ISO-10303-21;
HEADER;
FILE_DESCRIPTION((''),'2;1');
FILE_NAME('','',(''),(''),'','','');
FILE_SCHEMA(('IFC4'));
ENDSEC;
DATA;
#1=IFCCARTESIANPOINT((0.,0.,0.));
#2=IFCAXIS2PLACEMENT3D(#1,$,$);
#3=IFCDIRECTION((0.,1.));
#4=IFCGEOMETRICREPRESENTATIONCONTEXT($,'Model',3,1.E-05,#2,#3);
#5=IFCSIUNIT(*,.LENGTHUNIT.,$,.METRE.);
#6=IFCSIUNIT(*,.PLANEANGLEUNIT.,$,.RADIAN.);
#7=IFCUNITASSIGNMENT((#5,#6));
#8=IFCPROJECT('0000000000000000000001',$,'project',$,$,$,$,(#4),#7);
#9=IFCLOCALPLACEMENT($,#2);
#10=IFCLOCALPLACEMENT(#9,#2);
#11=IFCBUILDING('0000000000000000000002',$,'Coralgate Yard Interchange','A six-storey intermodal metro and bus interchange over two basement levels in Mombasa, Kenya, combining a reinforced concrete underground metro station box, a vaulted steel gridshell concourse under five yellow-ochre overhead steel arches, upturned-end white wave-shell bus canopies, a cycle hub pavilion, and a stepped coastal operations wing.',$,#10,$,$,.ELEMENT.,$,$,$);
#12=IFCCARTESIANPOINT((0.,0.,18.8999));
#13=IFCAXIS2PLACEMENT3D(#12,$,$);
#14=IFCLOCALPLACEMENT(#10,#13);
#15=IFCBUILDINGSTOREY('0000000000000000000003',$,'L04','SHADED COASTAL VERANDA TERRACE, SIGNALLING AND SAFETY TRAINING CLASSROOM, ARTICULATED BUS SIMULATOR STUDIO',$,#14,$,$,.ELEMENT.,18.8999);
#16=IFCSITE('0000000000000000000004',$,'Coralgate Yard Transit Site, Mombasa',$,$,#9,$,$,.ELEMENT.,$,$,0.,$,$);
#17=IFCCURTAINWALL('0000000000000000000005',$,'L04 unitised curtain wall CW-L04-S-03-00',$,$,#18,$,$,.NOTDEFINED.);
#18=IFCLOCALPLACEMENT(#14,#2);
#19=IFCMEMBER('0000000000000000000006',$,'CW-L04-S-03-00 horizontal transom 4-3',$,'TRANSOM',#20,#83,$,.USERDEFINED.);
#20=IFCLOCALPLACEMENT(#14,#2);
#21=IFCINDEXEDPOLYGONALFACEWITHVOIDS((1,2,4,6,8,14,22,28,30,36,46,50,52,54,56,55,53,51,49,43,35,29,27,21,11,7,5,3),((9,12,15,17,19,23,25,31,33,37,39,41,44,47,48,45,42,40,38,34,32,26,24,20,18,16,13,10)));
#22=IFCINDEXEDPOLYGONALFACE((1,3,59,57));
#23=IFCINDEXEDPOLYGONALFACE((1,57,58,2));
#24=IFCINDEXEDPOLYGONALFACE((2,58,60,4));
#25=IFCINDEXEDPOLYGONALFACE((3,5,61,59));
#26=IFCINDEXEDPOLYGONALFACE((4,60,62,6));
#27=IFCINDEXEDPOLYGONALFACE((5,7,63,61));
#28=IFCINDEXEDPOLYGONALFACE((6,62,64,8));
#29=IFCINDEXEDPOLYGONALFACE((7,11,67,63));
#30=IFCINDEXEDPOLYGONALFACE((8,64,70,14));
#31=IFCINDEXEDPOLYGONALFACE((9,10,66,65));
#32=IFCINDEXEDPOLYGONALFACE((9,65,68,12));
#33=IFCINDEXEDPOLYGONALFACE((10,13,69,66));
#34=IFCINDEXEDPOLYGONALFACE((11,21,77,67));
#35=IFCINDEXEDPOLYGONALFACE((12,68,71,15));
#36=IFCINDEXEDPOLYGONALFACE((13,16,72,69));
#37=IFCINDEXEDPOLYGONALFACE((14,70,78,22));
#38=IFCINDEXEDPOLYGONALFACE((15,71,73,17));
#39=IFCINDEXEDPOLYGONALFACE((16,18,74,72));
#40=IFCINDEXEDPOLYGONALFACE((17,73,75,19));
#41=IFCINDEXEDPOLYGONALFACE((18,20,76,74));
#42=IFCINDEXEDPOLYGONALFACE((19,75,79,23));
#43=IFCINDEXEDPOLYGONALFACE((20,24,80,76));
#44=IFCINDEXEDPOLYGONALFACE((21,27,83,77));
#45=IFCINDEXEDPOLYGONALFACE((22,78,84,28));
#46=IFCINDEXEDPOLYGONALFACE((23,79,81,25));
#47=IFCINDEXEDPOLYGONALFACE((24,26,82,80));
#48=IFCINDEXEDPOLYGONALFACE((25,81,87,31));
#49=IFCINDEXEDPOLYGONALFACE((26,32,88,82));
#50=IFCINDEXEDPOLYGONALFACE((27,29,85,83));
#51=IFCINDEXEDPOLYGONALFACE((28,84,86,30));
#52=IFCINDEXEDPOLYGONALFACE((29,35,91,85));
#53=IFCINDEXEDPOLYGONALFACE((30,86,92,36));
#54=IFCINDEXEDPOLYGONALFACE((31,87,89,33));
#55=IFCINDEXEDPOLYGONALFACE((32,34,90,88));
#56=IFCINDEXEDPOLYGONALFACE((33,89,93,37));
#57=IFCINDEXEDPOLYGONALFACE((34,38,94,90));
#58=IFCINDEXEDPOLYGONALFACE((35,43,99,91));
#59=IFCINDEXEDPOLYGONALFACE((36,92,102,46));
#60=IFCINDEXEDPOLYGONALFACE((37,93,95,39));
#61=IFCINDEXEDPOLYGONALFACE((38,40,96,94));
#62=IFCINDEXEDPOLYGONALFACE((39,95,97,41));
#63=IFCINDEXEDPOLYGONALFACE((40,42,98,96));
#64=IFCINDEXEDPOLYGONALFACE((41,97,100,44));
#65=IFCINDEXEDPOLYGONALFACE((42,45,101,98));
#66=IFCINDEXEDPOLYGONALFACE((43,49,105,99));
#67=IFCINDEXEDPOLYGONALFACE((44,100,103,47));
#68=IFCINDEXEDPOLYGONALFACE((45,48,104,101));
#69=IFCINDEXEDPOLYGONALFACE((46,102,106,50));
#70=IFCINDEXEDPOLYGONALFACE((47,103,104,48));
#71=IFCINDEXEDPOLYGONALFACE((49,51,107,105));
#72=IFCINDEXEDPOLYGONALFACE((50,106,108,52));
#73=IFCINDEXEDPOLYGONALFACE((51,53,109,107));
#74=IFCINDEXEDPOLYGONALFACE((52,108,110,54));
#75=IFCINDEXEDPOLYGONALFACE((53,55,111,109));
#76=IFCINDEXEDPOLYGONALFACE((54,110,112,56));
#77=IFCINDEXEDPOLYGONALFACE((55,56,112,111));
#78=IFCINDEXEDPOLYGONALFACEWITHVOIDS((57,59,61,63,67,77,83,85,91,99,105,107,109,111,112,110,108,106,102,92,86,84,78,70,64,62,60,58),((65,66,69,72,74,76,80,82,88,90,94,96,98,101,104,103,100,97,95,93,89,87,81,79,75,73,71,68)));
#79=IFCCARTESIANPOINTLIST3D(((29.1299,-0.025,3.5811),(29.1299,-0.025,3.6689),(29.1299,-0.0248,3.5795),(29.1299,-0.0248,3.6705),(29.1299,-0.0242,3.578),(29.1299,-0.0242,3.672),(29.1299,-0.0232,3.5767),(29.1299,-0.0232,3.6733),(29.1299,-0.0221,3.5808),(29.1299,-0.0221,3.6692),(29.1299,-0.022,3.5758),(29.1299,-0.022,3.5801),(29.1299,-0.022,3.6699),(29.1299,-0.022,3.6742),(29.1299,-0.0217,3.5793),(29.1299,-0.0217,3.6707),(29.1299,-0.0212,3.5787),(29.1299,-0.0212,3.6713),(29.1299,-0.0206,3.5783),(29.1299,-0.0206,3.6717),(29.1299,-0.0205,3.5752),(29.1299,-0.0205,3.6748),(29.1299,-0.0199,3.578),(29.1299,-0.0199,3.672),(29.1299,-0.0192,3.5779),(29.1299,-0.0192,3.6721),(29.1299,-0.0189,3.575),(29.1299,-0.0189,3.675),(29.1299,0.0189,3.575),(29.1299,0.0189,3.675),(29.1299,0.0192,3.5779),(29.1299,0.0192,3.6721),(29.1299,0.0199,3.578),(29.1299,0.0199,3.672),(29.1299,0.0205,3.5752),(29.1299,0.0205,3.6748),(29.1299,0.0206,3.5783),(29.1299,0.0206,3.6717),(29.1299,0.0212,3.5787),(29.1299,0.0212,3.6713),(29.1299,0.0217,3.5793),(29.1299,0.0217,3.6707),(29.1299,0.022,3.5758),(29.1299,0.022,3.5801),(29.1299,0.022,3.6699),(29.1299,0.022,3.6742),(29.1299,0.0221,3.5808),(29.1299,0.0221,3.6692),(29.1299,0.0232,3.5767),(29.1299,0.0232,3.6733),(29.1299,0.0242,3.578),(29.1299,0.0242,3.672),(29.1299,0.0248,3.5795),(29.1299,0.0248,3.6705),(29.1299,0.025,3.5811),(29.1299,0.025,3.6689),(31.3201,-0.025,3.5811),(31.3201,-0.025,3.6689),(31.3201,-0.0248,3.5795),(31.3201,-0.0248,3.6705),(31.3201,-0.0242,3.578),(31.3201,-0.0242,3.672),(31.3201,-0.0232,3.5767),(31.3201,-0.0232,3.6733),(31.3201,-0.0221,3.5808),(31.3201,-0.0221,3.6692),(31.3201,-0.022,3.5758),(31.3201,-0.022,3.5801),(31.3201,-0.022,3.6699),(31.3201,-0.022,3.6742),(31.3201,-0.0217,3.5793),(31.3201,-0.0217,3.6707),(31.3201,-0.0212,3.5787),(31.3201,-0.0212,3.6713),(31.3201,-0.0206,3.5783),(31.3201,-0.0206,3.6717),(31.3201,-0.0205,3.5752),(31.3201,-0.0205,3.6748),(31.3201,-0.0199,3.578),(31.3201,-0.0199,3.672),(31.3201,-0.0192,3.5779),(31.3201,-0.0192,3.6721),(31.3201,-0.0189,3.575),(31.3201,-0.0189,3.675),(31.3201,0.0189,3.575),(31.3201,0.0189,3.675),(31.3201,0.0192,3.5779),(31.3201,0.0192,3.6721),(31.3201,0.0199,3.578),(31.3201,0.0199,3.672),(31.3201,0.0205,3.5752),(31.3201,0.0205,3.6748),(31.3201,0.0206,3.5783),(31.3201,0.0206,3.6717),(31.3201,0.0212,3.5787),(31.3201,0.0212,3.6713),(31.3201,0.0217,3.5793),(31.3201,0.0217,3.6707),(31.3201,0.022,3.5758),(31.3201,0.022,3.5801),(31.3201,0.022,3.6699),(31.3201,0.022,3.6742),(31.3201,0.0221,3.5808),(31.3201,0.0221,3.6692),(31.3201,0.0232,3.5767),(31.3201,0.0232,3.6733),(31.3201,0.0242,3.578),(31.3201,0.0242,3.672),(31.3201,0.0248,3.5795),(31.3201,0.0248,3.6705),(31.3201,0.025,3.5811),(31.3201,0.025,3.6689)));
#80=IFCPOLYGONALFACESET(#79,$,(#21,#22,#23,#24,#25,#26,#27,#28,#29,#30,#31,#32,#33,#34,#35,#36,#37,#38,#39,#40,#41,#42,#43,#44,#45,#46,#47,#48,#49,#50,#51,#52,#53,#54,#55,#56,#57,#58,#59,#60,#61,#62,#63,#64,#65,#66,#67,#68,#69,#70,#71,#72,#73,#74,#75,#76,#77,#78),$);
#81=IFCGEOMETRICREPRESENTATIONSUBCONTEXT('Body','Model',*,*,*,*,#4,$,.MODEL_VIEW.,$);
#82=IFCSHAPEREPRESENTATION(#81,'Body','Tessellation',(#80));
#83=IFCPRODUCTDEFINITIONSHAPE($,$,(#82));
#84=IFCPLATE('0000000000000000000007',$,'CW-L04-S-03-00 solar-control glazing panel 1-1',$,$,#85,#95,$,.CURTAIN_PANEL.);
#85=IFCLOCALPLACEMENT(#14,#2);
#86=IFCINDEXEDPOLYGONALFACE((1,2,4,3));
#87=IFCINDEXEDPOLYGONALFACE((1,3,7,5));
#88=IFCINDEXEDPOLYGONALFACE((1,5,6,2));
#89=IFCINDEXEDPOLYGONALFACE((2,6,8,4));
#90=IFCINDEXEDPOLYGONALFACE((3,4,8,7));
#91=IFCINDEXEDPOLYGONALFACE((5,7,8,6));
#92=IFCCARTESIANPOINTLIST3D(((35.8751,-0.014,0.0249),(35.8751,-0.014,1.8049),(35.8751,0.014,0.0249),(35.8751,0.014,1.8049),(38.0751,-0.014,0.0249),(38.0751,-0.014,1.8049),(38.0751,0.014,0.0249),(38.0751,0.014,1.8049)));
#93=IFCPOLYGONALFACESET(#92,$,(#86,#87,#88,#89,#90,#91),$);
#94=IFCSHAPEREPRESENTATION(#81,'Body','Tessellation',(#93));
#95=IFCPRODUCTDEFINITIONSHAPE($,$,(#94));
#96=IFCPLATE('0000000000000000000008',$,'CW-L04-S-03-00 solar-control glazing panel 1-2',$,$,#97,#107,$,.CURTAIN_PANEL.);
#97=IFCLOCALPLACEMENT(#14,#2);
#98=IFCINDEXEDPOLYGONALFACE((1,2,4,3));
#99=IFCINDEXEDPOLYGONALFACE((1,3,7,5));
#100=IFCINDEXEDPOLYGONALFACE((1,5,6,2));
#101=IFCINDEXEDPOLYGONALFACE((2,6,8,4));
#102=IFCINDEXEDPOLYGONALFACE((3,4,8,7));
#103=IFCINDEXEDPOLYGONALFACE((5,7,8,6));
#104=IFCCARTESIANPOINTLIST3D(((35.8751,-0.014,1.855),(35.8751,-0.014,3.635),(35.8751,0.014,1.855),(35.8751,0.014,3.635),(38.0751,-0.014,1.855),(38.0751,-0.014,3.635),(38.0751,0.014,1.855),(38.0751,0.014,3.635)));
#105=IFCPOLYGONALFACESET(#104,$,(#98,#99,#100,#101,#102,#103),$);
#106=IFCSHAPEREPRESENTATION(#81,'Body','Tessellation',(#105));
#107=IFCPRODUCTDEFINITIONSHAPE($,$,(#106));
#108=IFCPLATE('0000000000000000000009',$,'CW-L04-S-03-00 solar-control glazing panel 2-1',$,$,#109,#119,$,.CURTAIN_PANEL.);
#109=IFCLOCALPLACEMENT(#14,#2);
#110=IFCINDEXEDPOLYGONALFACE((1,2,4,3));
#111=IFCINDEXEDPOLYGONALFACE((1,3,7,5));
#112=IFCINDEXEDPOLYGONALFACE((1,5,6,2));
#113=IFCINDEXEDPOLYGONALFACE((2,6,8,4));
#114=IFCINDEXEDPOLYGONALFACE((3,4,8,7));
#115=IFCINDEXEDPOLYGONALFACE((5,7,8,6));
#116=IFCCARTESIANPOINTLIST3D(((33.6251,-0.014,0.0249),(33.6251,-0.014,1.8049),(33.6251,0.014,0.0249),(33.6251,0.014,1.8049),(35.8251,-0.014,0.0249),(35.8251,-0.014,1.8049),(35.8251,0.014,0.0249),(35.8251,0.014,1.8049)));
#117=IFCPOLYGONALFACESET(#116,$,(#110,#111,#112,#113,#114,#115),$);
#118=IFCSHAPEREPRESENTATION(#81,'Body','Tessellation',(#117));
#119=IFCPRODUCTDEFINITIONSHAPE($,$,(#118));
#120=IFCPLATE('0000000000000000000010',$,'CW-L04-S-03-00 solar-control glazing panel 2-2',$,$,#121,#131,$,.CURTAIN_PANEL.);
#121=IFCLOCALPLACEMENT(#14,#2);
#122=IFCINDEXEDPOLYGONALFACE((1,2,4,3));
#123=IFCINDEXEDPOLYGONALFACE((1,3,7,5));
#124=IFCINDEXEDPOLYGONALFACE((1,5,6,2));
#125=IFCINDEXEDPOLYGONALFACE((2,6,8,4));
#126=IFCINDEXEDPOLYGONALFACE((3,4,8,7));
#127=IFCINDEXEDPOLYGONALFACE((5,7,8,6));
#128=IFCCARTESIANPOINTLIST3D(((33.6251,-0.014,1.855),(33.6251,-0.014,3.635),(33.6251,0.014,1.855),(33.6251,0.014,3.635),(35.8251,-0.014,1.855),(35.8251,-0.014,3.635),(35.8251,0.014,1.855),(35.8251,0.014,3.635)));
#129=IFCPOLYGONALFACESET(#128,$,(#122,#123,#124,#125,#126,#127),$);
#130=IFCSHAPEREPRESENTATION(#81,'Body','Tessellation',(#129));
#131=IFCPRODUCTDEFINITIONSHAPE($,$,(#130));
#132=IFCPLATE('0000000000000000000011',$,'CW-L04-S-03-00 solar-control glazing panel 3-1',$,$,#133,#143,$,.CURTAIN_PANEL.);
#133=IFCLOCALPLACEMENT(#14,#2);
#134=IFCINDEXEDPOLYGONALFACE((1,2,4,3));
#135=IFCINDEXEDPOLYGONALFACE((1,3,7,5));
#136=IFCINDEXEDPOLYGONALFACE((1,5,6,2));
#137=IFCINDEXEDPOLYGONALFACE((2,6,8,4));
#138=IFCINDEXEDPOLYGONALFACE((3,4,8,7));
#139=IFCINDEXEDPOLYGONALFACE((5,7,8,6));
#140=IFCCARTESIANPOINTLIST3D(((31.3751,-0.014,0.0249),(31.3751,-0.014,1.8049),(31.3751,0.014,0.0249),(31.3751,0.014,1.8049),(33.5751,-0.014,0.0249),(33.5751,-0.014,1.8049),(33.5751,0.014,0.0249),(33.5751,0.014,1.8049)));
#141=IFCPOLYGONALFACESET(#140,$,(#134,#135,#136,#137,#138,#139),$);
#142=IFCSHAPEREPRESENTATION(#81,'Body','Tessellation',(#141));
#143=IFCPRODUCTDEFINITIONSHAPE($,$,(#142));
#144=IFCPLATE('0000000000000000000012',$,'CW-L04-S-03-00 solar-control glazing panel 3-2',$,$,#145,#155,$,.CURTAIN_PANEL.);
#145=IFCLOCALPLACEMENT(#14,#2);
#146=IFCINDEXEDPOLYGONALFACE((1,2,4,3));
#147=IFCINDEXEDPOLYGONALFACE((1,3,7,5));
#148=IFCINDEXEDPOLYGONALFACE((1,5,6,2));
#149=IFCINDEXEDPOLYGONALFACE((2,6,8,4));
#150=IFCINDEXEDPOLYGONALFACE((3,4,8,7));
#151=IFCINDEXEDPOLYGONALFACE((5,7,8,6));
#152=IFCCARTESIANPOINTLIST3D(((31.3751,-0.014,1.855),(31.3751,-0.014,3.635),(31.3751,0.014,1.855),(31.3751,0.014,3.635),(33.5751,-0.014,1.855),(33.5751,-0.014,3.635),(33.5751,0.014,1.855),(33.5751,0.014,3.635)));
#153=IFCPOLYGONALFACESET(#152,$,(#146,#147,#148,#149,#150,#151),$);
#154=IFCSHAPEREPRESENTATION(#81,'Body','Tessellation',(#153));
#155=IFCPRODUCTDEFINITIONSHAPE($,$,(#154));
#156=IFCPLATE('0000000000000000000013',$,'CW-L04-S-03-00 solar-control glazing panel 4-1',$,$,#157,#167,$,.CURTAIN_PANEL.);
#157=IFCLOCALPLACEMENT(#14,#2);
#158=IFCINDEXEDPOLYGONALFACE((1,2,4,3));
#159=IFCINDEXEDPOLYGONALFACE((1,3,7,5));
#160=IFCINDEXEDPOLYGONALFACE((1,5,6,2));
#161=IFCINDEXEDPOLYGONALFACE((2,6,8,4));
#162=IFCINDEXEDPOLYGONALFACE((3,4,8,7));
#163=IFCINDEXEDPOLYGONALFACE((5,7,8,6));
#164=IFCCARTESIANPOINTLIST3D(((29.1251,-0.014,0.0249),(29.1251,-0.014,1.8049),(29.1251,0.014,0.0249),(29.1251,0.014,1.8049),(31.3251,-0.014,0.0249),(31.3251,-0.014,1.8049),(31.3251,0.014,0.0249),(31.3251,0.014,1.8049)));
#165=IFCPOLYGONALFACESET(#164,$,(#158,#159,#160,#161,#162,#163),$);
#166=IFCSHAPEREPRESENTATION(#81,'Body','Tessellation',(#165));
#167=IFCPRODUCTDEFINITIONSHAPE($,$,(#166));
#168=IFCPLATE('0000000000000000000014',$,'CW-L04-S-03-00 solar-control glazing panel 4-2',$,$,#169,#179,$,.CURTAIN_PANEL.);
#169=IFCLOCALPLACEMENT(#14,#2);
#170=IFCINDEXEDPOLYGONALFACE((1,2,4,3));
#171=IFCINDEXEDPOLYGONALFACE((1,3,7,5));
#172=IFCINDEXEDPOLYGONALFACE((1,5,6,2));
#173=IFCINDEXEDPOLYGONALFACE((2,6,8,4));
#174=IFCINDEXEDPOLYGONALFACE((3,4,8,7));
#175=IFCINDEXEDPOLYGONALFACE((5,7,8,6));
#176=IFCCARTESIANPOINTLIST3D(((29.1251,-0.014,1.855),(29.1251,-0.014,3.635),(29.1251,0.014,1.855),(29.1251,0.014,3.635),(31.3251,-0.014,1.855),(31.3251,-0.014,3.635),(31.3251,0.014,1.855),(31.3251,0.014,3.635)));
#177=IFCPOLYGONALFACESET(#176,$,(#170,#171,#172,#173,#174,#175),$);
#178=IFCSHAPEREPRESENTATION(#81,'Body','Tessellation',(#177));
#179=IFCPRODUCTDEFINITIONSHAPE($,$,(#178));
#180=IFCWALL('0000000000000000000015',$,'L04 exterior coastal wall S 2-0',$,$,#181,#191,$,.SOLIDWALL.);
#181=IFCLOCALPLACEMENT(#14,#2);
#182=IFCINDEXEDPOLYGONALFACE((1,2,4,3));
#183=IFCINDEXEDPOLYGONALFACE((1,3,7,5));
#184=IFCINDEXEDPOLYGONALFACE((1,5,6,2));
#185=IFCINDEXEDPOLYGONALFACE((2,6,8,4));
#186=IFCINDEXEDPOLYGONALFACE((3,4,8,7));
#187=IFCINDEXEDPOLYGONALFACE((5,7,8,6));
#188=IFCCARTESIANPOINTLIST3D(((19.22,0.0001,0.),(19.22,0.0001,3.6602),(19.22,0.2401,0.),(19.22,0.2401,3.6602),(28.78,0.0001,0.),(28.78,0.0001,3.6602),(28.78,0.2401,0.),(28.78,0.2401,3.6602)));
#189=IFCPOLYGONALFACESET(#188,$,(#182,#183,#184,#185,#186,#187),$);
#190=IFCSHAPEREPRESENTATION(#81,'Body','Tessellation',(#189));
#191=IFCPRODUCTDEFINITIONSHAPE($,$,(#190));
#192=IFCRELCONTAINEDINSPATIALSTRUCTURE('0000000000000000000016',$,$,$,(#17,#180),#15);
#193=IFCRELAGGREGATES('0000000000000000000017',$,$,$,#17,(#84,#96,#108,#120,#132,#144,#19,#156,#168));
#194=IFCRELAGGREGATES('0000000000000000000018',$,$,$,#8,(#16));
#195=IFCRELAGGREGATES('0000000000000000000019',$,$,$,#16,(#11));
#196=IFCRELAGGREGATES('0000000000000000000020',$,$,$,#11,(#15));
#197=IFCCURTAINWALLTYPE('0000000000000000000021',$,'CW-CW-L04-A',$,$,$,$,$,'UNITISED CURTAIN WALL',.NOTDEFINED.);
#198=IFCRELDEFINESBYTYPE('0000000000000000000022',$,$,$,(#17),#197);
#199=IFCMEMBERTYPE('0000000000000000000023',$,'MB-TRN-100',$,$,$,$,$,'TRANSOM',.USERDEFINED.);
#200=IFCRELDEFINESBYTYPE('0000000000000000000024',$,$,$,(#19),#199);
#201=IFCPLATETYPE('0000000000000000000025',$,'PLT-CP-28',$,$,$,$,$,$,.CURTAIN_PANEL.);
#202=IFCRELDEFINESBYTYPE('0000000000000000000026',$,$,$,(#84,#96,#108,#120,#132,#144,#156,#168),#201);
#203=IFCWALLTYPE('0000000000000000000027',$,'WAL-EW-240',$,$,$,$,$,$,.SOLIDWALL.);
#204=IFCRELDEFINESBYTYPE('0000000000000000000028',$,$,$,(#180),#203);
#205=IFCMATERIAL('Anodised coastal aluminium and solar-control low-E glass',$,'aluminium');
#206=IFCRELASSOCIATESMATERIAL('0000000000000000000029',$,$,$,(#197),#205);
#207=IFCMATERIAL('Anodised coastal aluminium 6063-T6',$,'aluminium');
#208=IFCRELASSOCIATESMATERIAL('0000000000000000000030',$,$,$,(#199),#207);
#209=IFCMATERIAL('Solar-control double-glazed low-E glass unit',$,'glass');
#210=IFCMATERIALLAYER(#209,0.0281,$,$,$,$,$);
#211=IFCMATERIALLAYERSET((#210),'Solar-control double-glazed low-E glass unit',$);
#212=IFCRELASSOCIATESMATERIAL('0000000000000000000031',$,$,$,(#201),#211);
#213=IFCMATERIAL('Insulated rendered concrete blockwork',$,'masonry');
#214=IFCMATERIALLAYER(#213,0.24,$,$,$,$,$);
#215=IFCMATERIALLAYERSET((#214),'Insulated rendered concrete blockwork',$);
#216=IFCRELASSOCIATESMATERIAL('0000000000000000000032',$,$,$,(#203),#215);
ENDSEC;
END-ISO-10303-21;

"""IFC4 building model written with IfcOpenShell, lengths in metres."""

from ifc_helpers import new_model, si_unit, direction, frame, frame_2d, origin, origin_2d, place, context, subcontext, project, spatial, rectangle, hollow_rectangle, extrude, material, layer, layer_set, material_profile, profile_set, type_object, element, aggregate, save


model = new_model("IFC4")

# Units and contexts
model_context = context("Model", 3, precision=1e-05, world=origin(), true_north=direction((0.0, 1.0)))
body_context = subcontext(model_context, "Body", "Model", "MODEL_VIEW")
ifc_project = project(units=[si_unit("LENGTHUNIT", "METRE"), si_unit("PLANEANGLEUNIT", "RADIAN")], contexts=[model_context])

# Site, building, storey
site_placement = place(None, origin())
site = spatial("IfcSite", under=ifc_project, at=site_placement, Name="Coralgate Yard Transit Site, Mombasa", CompositionType="ELEMENT", RefElevation=0.0)
building_placement = place(site_placement, origin())
building = spatial("IfcBuilding", under=site, at=building_placement, Name="Coralgate Yard Interchange", Description="A six-storey intermodal metro and bus interchange over two basement levels in Mombasa, Kenya, combining a reinforced concrete underground metro station box, a vaulted steel gridshell concourse under five yellow-ochre overhead steel arches, upturned-end white wave-shell bus canopies, a cycle hub pavilion, and a stepped coastal operations wing.", CompositionType="ELEMENT")
storey_placement = place(building_placement, frame((0.0, 0.0, 18.8999)))
storey = spatial("IfcBuildingStorey", under=building, at=storey_placement, Name="L04", Description="SHADED COASTAL VERANDA TERRACE, SIGNALLING AND SAFETY TRAINING CLASSROOM, ARTICULATED BUS SIMULATOR STUDIO", CompositionType="ELEMENT", Elevation=18.8999)

# Curtain wall, member, plates
ifc_material_1 = material(Name="Anodised coastal aluminium and solar-control low-E glass", Category="aluminium")
curtain_wall_type = type_object("IfcCurtainWallType", Name="CW-CW-L04-A", ElementType="UNITISED CURTAIN WALL", PredefinedType="NOTDEFINED", material=ifc_material_1)
curtain_wall_placement = place(storey_placement, origin())
curtain_wall = element("IfcCurtainWall", 1, at=curtain_wall_placement, inside=storey, type_object=curtain_wall_type, Name="L04 unitised curtain wall CW-L04-S-03-00", PredefinedType="NOTDEFINED")
ifc_material_2 = material(Name="Anodised coastal aluminium 6063-T6", Category="aluminium")
ifc_material_profile_1 = material_profile(ifc_material_2, hollow_rectangle(XDim=0.05, YDim=0.1001, WallThickness=0.0029, InnerFilletRadius=0.0029, OuterFilletRadius=0.0061, at=origin_2d()), Name="ALU 50x100x3")
ifc_profile_set_1 = profile_set([ifc_material_profile_1], Name="Anodised coastal aluminium 6063-T6")
member_type_1 = type_object("IfcMemberType", Name="MB-TRN-100", ElementType="TRANSOM", PredefinedType="USERDEFINED", material=ifc_profile_set_1)
member_1_placement = place(storey_placement, frame((31.3201, 0.0, 3.625), z_axis=(-1.0, 0.0, 0.0), x_axis=(0.0, -1.0, 0.0)))
member_1 = element("IfcMember", 2, at=member_1_placement, type_object=member_type_1, Name="CW-L04-S-03-00 horizontal transom 4-3", ObjectType="TRANSOM", PredefinedType="USERDEFINED", context=body_context, shape_type="SweptSolid", body=[
    extrude(hollow_rectangle(XDim=0.05, YDim=0.1001, WallThickness=0.0029, InnerFilletRadius=0.0029, OuterFilletRadius=0.0061, at=origin_2d()), origin(), (0.0, 0.0, 1.0), 2.1902),
])
ifc_material_3 = material(Name="Solar-control double-glazed low-E glass unit", Category="glass")
ifc_layer_1 = layer(ifc_material_3, 0.0281)
ifc_layer_set_1 = layer_set([ifc_layer_1], Name="Solar-control double-glazed low-E glass unit")
plate_type = type_object("IfcPlateType", Name="PLT-CP-28", PredefinedType="CURTAIN_PANEL", material=ifc_layer_set_1)
plate_1_placement = place(storey_placement, frame((36.9751, 0.0, 0.0249), z_axis=(0.0, 0.0, 1.0), x_axis=(-1.0, 0.0, 0.0)))
plate_1 = element("IfcPlate", 3, at=plate_1_placement, type_object=plate_type, Name="CW-L04-S-03-00 solar-control glazing panel 1-1", PredefinedType="CURTAIN_PANEL", context=body_context, shape_type="SweptSolid", body=[
    extrude(rectangle(XDim=2.2, YDim=0.0281, at=origin_2d()), origin(), (0.0, 0.0, 1.0), 1.78),
])
plate_2_placement = place(storey_placement, frame((36.9751, 0.0, 1.855), z_axis=(0.0, 0.0, 1.0), x_axis=(-1.0, 0.0, 0.0)))
plate_2 = element("IfcPlate", 4, at=plate_2_placement, type_object=plate_type, Name="CW-L04-S-03-00 solar-control glazing panel 1-2", PredefinedType="CURTAIN_PANEL", context=body_context, shape_type="SweptSolid", body=[
    extrude(rectangle(XDim=2.2, YDim=0.0281, at=origin_2d()), origin(), (0.0, 0.0, 1.0), 1.78),
])
plate_3_placement = place(storey_placement, frame((34.7251, 0.0, 0.0249), z_axis=(0.0, 0.0, 1.0), x_axis=(-1.0, 0.0, 0.0)))
plate_3 = element("IfcPlate", 5, at=plate_3_placement, type_object=plate_type, Name="CW-L04-S-03-00 solar-control glazing panel 2-1", PredefinedType="CURTAIN_PANEL", context=body_context, shape_type="SweptSolid", body=[
    extrude(rectangle(XDim=2.2, YDim=0.0281, at=origin_2d()), origin(), (0.0, 0.0, 1.0), 1.78),
])
plate_4_placement = place(storey_placement, frame((34.7251, 0.0, 1.855), z_axis=(0.0, 0.0, 1.0), x_axis=(-1.0, 0.0, 0.0)))
plate_4 = element("IfcPlate", 6, at=plate_4_placement, type_object=plate_type, Name="CW-L04-S-03-00 solar-control glazing panel 2-2", PredefinedType="CURTAIN_PANEL", context=body_context, shape_type="SweptSolid", body=[
    extrude(rectangle(XDim=2.2, YDim=0.0281, at=origin_2d()), origin(), (0.0, 0.0, 1.0), 1.78),
])
plate_5_placement = place(storey_placement, frame((32.4751, 0.0, 0.0249), z_axis=(0.0, 0.0, 1.0), x_axis=(-1.0, 0.0, 0.0)))
plate_5 = element("IfcPlate", 7, at=plate_5_placement, type_object=plate_type, Name="CW-L04-S-03-00 solar-control glazing panel 3-1", PredefinedType="CURTAIN_PANEL", context=body_context, shape_type="SweptSolid", body=[
    extrude(rectangle(XDim=2.2, YDim=0.0281, at=origin_2d()), origin(), (0.0, 0.0, 1.0), 1.78),
])
plate_6_placement = place(storey_placement, frame((32.4751, 0.0, 1.855), z_axis=(0.0, 0.0, 1.0), x_axis=(-1.0, 0.0, 0.0)))
plate_6 = element("IfcPlate", 8, at=plate_6_placement, type_object=plate_type, Name="CW-L04-S-03-00 solar-control glazing panel 3-2", PredefinedType="CURTAIN_PANEL", context=body_context, shape_type="SweptSolid", body=[
    extrude(rectangle(XDim=2.2, YDim=0.0281, at=origin_2d()), origin(), (0.0, 0.0, 1.0), 1.78),
])
plate_7_placement = place(storey_placement, frame((30.2251, 0.0, 0.0249), z_axis=(0.0, 0.0, 1.0), x_axis=(-1.0, 0.0, 0.0)))
plate_7 = element("IfcPlate", 9, at=plate_7_placement, type_object=plate_type, Name="CW-L04-S-03-00 solar-control glazing panel 4-1", PredefinedType="CURTAIN_PANEL", context=body_context, shape_type="SweptSolid", body=[
    extrude(rectangle(XDim=2.2, YDim=0.0281, at=origin_2d()), origin(), (0.0, 0.0, 1.0), 1.78),
])
plate_8_placement = place(storey_placement, frame((30.2251, 0.0, 1.855), z_axis=(0.0, 0.0, 1.0), x_axis=(-1.0, 0.0, 0.0)))
plate_8 = element("IfcPlate", 10, at=plate_8_placement, type_object=plate_type, Name="CW-L04-S-03-00 solar-control glazing panel 4-2", PredefinedType="CURTAIN_PANEL", context=body_context, shape_type="SweptSolid", body=[
    extrude(rectangle(XDim=2.2, YDim=0.0281, at=origin_2d()), origin(), (0.0, 0.0, 1.0), 1.78),
])
aggregate(curtain_wall, [plate_1, plate_2, plate_3, plate_4, plate_5, plate_6, member_1, plate_7, plate_8])

# Wall
ifc_material_4 = material(Name="Insulated rendered concrete blockwork", Category="masonry")
ifc_layer_2 = layer(ifc_material_4, 0.24)
ifc_layer_set_2 = layer_set([ifc_layer_2], Name="Insulated rendered concrete blockwork")
wall_type = type_object("IfcWallType", Name="WAL-EW-240", PredefinedType="SOLIDWALL", material=ifc_layer_set_2)
wall_placement = place(storey_placement, frame((28.78, 0.1201, 0.0), z_axis=(0.0, 0.0, 1.0), x_axis=(-1.0, 0.0, 0.0)))
element("IfcWall", 11, at=wall_placement, inside=storey, type_object=wall_type, Name="L04 exterior coastal wall S 2-0", PredefinedType="SOLIDWALL", context=body_context, shape_type="SweptSolid", body=[
    extrude(rectangle(XDim=9.5601, YDim=0.24, at=frame_2d((4.78, 0.0))), origin(), (0.0, 0.0, 1.0), 3.6602),
])

save(model, "model.ifc")
